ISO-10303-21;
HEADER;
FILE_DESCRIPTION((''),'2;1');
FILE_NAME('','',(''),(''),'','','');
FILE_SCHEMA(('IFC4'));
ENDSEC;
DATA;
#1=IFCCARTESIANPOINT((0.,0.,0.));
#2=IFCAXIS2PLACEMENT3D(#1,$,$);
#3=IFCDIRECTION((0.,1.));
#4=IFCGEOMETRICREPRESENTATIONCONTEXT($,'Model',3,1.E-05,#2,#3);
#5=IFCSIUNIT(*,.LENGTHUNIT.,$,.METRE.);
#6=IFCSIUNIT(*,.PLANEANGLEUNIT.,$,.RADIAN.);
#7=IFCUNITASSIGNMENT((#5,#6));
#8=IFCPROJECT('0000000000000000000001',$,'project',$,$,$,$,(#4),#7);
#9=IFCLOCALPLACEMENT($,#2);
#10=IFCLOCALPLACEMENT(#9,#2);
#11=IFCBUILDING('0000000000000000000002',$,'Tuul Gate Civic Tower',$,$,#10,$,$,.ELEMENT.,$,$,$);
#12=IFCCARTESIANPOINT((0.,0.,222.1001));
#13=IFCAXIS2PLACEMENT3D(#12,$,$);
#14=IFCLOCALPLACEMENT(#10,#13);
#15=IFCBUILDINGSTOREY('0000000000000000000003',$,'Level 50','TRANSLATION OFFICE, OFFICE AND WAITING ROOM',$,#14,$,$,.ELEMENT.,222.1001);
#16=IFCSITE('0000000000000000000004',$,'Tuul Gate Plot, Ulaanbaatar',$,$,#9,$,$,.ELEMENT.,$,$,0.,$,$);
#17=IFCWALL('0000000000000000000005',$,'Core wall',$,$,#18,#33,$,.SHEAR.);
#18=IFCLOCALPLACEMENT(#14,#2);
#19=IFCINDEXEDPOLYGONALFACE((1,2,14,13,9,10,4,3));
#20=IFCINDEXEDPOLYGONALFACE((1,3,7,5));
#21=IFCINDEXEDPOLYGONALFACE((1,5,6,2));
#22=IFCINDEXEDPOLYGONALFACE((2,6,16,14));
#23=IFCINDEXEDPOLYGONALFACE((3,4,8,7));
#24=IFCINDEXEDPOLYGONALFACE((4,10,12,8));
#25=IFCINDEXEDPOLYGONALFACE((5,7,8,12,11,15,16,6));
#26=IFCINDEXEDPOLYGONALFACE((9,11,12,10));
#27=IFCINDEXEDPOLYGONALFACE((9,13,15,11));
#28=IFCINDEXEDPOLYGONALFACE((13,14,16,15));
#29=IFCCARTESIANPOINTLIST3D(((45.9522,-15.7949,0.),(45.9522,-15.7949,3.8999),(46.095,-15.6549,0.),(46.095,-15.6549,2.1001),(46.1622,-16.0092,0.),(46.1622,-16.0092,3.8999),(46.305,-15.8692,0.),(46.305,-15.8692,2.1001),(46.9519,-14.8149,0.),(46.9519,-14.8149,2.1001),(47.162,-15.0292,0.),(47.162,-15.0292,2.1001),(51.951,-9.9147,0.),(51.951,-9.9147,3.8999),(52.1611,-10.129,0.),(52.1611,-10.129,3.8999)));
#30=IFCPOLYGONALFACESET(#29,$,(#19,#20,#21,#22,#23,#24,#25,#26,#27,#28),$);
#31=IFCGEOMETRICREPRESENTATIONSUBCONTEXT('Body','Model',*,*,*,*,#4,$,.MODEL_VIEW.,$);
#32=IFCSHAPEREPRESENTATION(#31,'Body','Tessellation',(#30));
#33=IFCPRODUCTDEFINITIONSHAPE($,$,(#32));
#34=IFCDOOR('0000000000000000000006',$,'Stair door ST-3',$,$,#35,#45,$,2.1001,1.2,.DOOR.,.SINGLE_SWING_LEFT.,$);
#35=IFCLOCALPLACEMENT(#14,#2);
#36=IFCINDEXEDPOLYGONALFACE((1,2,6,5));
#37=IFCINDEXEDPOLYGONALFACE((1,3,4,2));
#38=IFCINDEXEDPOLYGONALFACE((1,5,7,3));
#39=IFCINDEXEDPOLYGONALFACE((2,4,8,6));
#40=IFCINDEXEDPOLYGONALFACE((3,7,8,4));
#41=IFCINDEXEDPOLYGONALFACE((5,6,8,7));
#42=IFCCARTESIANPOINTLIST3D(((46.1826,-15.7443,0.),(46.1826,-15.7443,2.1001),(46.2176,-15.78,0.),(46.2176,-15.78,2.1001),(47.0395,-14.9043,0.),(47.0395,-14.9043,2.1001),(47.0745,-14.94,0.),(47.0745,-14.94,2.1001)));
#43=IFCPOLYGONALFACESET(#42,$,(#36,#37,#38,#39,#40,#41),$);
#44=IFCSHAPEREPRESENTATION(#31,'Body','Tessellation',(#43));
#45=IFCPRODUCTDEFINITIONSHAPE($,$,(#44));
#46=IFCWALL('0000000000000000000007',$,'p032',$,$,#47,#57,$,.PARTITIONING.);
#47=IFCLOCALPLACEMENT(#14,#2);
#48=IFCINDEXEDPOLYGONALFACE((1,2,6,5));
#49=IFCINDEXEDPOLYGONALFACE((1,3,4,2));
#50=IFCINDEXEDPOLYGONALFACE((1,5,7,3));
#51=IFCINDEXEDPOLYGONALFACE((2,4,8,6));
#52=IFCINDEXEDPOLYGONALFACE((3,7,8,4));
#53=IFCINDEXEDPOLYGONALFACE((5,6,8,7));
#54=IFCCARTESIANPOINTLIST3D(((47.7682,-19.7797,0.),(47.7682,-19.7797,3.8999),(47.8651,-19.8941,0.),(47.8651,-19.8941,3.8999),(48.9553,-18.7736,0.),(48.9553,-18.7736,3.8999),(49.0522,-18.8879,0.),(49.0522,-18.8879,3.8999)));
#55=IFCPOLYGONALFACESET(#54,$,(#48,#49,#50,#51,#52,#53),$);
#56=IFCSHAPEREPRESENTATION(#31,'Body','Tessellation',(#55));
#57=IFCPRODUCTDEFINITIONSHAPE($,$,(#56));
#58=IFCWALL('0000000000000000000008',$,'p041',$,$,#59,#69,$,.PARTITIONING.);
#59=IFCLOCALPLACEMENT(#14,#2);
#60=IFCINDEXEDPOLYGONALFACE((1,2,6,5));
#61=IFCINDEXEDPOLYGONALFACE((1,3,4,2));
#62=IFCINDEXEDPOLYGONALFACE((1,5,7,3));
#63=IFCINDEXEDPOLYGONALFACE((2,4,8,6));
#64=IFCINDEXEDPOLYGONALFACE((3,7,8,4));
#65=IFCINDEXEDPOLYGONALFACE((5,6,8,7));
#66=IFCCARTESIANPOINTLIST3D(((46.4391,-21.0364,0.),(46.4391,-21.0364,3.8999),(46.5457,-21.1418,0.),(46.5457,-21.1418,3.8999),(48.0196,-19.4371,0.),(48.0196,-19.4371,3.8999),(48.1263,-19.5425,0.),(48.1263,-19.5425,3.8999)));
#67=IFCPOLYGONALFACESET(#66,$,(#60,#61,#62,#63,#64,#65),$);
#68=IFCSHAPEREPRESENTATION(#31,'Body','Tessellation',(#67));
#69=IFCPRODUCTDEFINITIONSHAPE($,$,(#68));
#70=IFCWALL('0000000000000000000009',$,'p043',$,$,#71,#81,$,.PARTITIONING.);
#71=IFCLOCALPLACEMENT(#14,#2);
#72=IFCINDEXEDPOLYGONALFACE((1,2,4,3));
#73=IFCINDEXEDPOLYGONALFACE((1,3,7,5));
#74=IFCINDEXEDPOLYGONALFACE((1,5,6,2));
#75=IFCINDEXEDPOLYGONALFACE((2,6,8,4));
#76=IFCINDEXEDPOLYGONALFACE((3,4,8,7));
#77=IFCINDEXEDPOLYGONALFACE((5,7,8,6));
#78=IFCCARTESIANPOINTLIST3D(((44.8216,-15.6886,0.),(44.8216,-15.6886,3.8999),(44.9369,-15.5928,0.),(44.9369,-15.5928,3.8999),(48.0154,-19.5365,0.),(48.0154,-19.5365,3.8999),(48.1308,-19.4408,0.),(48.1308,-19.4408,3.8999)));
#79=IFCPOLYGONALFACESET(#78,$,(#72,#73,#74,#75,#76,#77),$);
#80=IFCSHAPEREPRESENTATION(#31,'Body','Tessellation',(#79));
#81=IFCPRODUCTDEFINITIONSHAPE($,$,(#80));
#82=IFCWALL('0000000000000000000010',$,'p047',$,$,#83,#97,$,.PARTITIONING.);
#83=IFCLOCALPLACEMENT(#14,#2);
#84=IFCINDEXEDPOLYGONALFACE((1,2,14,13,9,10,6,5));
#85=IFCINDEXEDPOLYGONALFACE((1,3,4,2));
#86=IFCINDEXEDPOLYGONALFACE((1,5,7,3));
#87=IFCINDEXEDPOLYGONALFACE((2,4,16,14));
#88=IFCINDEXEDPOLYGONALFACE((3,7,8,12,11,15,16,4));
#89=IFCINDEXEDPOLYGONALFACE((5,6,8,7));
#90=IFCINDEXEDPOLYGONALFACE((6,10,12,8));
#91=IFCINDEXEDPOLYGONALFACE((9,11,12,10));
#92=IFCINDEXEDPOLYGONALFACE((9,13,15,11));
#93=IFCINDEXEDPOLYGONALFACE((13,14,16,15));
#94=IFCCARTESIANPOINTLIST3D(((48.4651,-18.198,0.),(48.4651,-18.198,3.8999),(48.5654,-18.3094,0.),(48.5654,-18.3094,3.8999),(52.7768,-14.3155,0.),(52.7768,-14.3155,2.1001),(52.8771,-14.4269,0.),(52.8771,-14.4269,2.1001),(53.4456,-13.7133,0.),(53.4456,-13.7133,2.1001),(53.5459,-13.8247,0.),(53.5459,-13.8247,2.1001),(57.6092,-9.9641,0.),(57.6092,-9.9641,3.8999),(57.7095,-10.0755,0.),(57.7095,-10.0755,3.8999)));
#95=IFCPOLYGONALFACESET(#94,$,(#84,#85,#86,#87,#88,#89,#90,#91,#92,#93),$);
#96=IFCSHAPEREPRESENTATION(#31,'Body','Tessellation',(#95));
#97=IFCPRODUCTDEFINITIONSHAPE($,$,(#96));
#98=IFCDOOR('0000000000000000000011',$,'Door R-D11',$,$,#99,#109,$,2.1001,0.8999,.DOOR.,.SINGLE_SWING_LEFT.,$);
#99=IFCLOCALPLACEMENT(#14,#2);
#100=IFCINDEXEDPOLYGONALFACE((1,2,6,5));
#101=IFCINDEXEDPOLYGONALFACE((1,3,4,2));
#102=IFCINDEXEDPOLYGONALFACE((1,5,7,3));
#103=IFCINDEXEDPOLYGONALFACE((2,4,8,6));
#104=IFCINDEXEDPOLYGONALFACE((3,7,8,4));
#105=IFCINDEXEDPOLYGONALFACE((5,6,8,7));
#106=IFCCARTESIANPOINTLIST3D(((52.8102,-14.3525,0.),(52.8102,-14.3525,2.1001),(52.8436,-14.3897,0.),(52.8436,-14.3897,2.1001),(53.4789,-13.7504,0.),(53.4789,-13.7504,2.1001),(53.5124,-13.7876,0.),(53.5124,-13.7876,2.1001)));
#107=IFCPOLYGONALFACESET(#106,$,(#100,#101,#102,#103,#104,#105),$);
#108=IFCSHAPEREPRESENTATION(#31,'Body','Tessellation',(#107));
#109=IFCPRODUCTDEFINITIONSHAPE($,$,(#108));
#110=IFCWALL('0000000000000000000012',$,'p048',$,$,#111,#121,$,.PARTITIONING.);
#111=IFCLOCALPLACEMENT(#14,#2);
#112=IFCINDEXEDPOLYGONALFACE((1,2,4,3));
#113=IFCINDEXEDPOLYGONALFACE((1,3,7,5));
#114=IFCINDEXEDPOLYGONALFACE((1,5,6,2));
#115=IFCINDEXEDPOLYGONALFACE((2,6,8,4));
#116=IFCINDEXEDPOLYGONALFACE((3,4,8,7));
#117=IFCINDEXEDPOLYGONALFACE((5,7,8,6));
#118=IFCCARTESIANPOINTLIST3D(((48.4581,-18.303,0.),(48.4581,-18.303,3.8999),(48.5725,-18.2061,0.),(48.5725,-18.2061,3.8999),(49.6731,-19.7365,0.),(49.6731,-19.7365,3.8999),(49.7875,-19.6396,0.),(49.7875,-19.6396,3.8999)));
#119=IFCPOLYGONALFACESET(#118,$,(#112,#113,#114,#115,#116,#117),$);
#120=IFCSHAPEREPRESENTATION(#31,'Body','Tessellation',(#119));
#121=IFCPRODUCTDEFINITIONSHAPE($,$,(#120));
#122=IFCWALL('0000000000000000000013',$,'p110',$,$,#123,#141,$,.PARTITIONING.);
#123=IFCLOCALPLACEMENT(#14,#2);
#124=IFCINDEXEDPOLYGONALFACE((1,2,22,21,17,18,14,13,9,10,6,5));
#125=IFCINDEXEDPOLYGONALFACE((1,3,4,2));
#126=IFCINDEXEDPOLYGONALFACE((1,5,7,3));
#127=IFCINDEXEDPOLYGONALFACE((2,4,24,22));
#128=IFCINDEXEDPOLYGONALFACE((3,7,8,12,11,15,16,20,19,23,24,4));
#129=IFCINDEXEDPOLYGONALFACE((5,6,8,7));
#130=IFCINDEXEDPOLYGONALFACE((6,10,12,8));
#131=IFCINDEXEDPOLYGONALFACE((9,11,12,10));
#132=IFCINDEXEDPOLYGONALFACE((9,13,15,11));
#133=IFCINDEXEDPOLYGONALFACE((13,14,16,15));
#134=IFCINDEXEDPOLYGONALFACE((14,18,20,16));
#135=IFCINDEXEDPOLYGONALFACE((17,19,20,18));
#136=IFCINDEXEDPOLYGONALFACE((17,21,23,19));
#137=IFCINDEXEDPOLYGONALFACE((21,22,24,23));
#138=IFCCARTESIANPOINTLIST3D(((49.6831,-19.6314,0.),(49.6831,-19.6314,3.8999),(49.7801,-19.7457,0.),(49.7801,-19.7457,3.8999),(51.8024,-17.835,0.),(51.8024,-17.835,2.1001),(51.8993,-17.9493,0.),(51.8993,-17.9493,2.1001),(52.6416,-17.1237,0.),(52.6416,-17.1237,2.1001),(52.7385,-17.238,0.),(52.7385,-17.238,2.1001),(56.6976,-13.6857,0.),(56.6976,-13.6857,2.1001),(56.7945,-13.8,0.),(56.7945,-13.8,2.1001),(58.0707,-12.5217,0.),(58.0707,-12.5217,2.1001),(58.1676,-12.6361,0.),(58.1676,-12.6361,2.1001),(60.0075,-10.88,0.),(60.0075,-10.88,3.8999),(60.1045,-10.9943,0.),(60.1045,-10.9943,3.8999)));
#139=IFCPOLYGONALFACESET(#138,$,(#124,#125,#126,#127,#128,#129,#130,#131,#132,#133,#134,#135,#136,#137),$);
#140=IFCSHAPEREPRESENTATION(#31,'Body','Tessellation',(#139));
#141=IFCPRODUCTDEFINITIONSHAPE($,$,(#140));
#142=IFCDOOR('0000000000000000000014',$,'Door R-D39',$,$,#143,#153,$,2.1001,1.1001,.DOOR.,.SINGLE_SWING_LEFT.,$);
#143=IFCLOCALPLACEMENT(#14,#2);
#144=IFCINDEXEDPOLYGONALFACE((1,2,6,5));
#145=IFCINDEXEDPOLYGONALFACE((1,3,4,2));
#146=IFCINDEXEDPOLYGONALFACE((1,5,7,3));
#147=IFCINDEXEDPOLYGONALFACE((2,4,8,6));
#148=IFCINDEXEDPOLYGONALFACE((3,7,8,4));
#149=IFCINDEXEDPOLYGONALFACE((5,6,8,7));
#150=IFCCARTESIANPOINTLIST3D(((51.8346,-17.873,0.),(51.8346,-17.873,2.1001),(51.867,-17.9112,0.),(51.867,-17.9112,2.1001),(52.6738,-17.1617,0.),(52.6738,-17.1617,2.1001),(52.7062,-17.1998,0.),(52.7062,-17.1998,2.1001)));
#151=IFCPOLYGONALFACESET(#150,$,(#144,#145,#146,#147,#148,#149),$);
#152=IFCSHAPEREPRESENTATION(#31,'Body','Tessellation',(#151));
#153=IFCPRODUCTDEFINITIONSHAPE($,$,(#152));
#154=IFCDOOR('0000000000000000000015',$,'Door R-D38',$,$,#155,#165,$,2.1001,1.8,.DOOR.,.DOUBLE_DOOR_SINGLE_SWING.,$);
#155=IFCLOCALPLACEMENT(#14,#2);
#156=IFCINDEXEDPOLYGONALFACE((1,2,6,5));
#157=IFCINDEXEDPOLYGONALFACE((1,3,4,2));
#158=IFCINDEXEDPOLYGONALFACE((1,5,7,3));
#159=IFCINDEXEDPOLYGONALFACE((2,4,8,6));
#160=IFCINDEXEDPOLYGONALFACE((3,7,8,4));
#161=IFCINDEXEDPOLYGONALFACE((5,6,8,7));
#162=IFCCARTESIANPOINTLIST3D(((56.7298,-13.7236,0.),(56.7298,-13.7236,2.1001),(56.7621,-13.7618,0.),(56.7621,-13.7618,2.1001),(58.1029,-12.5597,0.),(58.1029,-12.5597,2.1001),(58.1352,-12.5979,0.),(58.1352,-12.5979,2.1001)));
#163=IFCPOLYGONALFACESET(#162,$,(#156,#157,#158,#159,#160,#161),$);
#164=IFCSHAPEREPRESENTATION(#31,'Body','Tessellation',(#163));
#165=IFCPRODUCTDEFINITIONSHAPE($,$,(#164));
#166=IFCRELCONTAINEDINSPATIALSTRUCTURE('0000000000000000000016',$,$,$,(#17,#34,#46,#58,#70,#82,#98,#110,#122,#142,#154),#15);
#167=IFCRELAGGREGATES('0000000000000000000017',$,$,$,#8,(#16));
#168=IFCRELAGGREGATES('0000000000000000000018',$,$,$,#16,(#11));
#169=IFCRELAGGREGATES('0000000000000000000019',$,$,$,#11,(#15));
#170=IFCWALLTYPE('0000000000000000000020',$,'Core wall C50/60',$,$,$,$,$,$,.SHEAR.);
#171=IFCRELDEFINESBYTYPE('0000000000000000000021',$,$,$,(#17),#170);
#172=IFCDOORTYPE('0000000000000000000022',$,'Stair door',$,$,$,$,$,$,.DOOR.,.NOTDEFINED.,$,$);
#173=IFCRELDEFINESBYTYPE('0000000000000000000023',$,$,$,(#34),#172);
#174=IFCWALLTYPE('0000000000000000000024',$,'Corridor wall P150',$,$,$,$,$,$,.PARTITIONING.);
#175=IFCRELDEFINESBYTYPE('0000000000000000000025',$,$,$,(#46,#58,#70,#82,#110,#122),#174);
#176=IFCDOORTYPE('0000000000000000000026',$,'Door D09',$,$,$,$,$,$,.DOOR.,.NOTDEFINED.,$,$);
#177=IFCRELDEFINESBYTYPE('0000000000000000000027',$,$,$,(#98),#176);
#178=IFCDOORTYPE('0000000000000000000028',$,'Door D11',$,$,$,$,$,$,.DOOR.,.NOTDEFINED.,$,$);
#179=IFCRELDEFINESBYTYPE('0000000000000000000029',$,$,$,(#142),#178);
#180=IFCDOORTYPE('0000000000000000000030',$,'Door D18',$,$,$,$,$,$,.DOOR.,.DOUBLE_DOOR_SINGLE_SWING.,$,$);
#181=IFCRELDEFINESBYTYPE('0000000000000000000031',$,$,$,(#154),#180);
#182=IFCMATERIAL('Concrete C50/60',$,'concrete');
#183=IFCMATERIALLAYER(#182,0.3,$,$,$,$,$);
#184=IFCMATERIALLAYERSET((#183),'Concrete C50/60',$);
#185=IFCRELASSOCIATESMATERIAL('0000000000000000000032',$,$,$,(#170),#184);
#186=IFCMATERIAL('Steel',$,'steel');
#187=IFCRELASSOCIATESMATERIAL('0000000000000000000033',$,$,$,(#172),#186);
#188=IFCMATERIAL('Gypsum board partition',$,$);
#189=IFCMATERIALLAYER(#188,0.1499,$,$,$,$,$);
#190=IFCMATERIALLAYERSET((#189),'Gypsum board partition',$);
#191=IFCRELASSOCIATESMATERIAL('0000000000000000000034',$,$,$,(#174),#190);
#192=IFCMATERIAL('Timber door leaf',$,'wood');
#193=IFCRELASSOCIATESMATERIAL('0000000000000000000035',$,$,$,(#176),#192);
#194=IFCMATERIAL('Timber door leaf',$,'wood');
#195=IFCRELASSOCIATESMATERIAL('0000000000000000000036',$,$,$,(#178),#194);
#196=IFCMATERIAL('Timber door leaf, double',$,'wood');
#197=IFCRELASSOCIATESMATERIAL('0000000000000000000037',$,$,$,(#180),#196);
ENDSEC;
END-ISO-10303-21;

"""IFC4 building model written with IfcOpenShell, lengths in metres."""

from ifc_helpers import new_model, si_unit, direction, frame, frame_2d, origin, place, context, subcontext, project, spatial, rectangle, extrude, material, layer, layer_set, type_object, element, fill, save


model = new_model("IFC4")

# Units and contexts
model_context = context("Model", 3, precision=1e-05, world=origin(), true_north=direction((0.0, 1.0)))
body_context = subcontext(model_context, "Body", "Model", "MODEL_VIEW")
ifc_project = project(units=[si_unit("LENGTHUNIT", "METRE"), si_unit("PLANEANGLEUNIT", "RADIAN")], contexts=[model_context])

# Site, building, storey
site_placement = place(None, origin())
site = spatial("IfcSite", under=ifc_project, at=site_placement, Name="Tuul Gate Plot, Ulaanbaatar", CompositionType="ELEMENT", RefElevation=0.0)
building_placement = place(site_placement, origin())
building = spatial("IfcBuilding", under=site, at=building_placement, Name="Tuul Gate Civic Tower", CompositionType="ELEMENT")
storey_placement = place(building_placement, frame((0.0, 0.0, 222.1001)))
storey = spatial("IfcBuildingStorey", under=building, at=storey_placement, Name="Level 50", Description="TRANSLATION OFFICE, OFFICE AND WAITING ROOM", CompositionType="ELEMENT", Elevation=222.1001)

# Shared definitions
ifc_material_1 = material(Name="Concrete C50/60", Category="concrete")
ifc_layer_1 = layer(ifc_material_1, 0.3)
ifc_layer_set_1 = layer_set([ifc_layer_1], Name="Concrete C50/60")
wall_type_1 = type_object("IfcWallType", Name="Core wall C50/60", PredefinedType="SHEAR", material=ifc_layer_set_1)

# Wall, opening, door
wall_1_placement = place(storey_placement, frame((46.0571, -15.9021, 0.0), z_axis=(0.0, 0.0, 1.0), x_axis=(0.714134, 0.700009, 0.0)))
wall_1 = element("IfcWall", 1, at=wall_1_placement, inside=storey, type_object=wall_type_1, Name="Core wall", PredefinedType="SHEAR", context=body_context, shape_type="SweptSolid", body=[
    extrude(rectangle(XDim=8.4001, YDim=0.3, at=frame_2d((4.2002, 0.0))), origin(), (0.0, 0.0, 1.0), 3.8999),
])
opening_1_placement = place(wall_1_placement, frame((0.2, 0.0, 0.0)))
opening_1 = element("IfcOpeningElement", 2, at=opening_1_placement, cuts=wall_1, PredefinedType="OPENING", context=body_context, shape_type="SweptSolid", body=[
    extrude(rectangle(XDim=1.2, YDim=2.1001, at=frame_2d((0.6001, 1.05))), frame((0.0, 0.1602, 0.0), z_axis=(0.0, -1.0, 0.0), x_axis=(1.0, 0.0, 0.0)), (0.0, 0.0, 1.0), 0.3201),
])
ifc_material_2 = material(Name="Steel", Category="steel")
door_type_1 = type_object("IfcDoorType", Name="Stair door", OperationType="NOTDEFINED", PredefinedType="DOOR", material=ifc_material_2)
door_1_placement = place(opening_1_placement, origin())
door_1 = element("IfcDoor", 3, at=door_1_placement, inside=storey, type_object=door_type_1, Name="Stair door ST-3", OperationType="SINGLE_SWING_LEFT", OverallHeight=2.1001, OverallWidth=1.2, PredefinedType="DOOR", context=body_context, shape_type="SweptSolid", body=[
    extrude(rectangle(XDim=1.2, YDim=2.1001, at=frame_2d((0.6001, 1.05))), frame((0.0, 0.0249, 0.0), z_axis=(0.0, -1.0, 0.0), x_axis=(1.0, 0.0, 0.0)), (0.0, 0.0, 1.0), 0.05),
])
fill(opening_1, door_1)

# Walls
ifc_material_3 = material(Name="Gypsum board partition")
ifc_layer_2 = layer(ifc_material_3, 0.1499)
ifc_layer_set_2 = layer_set([ifc_layer_2], Name="Gypsum board partition")
wall_type_2 = type_object("IfcWallType", Name="Corridor wall P150", PredefinedType="PARTITIONING", material=ifc_layer_set_2)
wall_2_placement = place(storey_placement, frame((47.8167, -19.8369, 0.0), z_axis=(0.0, 0.0, 1.0), x_axis=(0.762844, 0.646582, 0.0)))
element("IfcWall", 4, at=wall_2_placement, inside=storey, type_object=wall_type_2, Name="p032", PredefinedType="PARTITIONING", context=body_context, shape_type="SweptSolid", body=[
    extrude(rectangle(XDim=1.5562, YDim=0.1499, at=frame_2d((0.7781, 0.0))), origin(), (0.0, 0.0, 1.0), 3.8999),
])
wall_3_placement = place(storey_placement, frame((46.4924, -21.0891, 0.0), z_axis=(0.0, 0.0, 1.0), x_axis=(0.702914, 0.711275, 0.0)))
element("IfcWall", 5, at=wall_3_placement, inside=storey, type_object=wall_type_2, Name="p041", PredefinedType="PARTITIONING", context=body_context, shape_type="SweptSolid", body=[
    extrude(rectangle(XDim=2.2485, YDim=0.1499, at=frame_2d((1.1243, 0.0))), origin(), (0.0, 0.0, 1.0), 3.8999),
])
wall_4_placement = place(storey_placement, frame((44.8792, -15.6406, 0.0), z_axis=(0.0, 0.0, 1.0), x_axis=(0.63868, -0.769472, 0.0)))
element("IfcWall", 6, at=wall_4_placement, inside=storey, type_object=wall_type_2, Name="p043", PredefinedType="PARTITIONING", context=body_context, shape_type="SweptSolid", body=[
    extrude(rectangle(XDim=5.0007, YDim=0.1499, at=frame_2d((2.5005, 0.0))), origin(), (0.0, 0.0, 1.0), 3.8999),
])

# Wall, opening, door
wall_5_placement = place(storey_placement, frame((48.5154, -18.2537, 0.0), z_axis=(0.0, 0.0, 1.0), x_axis=(0.743122, 0.669155, 0.0)))
wall_5 = element("IfcWall", 7, at=wall_5_placement, inside=storey, type_object=wall_type_2, Name="p047", PredefinedType="PARTITIONING", context=body_context, shape_type="SweptSolid", body=[
    extrude(rectangle(XDim=12.3049, YDim=0.1499, at=frame_2d((6.1523, 0.0))), origin(), (0.0, 0.0, 1.0), 3.8999),
])
opening_2_placement = place(wall_5_placement, frame((5.802, 0.0, 0.0)))
opening_2 = element("IfcOpeningElement", 8, at=opening_2_placement, cuts=wall_5, PredefinedType="OPENING", context=body_context, shape_type="SweptSolid", body=[
    extrude(rectangle(XDim=0.8999, YDim=2.1001, at=frame_2d((0.45, 1.05))), frame((0.0, 0.085, 0.0), z_axis=(0.0, -1.0, 0.0), x_axis=(1.0, 0.0, 0.0)), (0.0, 0.0, 1.0), 0.1699),
])
ifc_material_4 = material(Name="Timber door leaf", Category="wood")
door_type_2 = type_object("IfcDoorType", Name="Door D09", OperationType="NOTDEFINED", PredefinedType="DOOR", material=ifc_material_4)
door_2_placement = place(opening_2_placement, frame((0.8999, 0.0, 0.0), z_axis=(0.0, 0.0, 1.0), x_axis=(-1.0, 0.0, 0.0)))
door_2 = element("IfcDoor", 9, at=door_2_placement, inside=storey, type_object=door_type_2, Name="Door R-D11", OperationType="SINGLE_SWING_LEFT", OverallHeight=2.1001, OverallWidth=0.8999, PredefinedType="DOOR", context=body_context, shape_type="SweptSolid", body=[
    extrude(rectangle(XDim=0.8999, YDim=2.1001, at=frame_2d((0.45, 1.05))), frame((0.0, 0.0249, 0.0), z_axis=(0.0, -1.0, 0.0), x_axis=(1.0, 0.0, 0.0)), (0.0, 0.0, 1.0), 0.05),
])
fill(opening_2, door_2)

# Wall
wall_6_placement = place(storey_placement, frame((48.5154, -18.2546, 0.0), z_axis=(0.0, 0.0, 1.0), x_axis=(0.646577, -0.762849, 0.0)))
element("IfcWall", 10, at=wall_6_placement, inside=storey, type_object=wall_type_2, Name="p048", PredefinedType="PARTITIONING", context=body_context, shape_type="SweptSolid", body=[
    extrude(rectangle(XDim=1.8792, YDim=0.1499, at=frame_2d((0.9395, 0.0))), origin(), (0.0, 0.0, 1.0), 3.8999),
])

# Wall, openings, doors
wall_7_placement = place(storey_placement, frame((49.7317, -19.6885, 0.0), z_axis=(0.0, 0.0, 1.0), x_axis=(0.762826, 0.646604, 0.0)))
wall_7 = element("IfcWall", 11, at=wall_7_placement, inside=storey, type_object=wall_type_2, Name="p110", PredefinedType="PARTITIONING", context=body_context, shape_type="SweptSolid", body=[
    extrude(rectangle(XDim=13.5344, YDim=0.1499, at=frame_2d((6.7671, 0.0))), origin(), (0.0, 0.0, 1.0), 3.8999),
])
opening_3_placement = place(wall_7_placement, frame((9.1953, 0.0, 0.0)))
opening_3 = element("IfcOpeningElement", 12, at=opening_3_placement, cuts=wall_7, PredefinedType="OPENING", context=body_context, shape_type="SweptSolid", body=[
    extrude(rectangle(XDim=1.8, YDim=2.1001, at=frame_2d((0.8999, 1.05))), frame((0.0, 0.085, 0.0), z_axis=(0.0, -1.0, 0.0), x_axis=(1.0, 0.0, 0.0)), (0.0, 0.0, 1.0), 0.1699),
])
opening_4_placement = place(wall_7_placement, frame((2.7781, 0.0, 0.0)))
opening_4 = element("IfcOpeningElement", 13, at=opening_4_placement, cuts=wall_7, PredefinedType="OPENING", context=body_context, shape_type="SweptSolid", body=[
    extrude(rectangle(XDim=1.1001, YDim=2.1001, at=frame_2d((0.55, 1.05))), frame((0.0, 0.085, 0.0), z_axis=(0.0, -1.0, 0.0), x_axis=(1.0, 0.0, 0.0)), (0.0, 0.0, 1.0), 0.1699),
])
ifc_material_5 = material(Name="Timber door leaf", Category="wood")
door_type_3 = type_object("IfcDoorType", Name="Door D11", OperationType="NOTDEFINED", PredefinedType="DOOR", material=ifc_material_5)
door_3_placement = place(opening_4_placement, frame((1.1001, 0.0, 0.0), z_axis=(0.0, 0.0, 1.0), x_axis=(-1.0, 0.0, 0.0)))
door_3 = element("IfcDoor", 14, at=door_3_placement, inside=storey, type_object=door_type_3, Name="Door R-D39", OperationType="SINGLE_SWING_LEFT", OverallHeight=2.1001, OverallWidth=1.1001, PredefinedType="DOOR", context=body_context, shape_type="SweptSolid", body=[
    extrude(rectangle(XDim=1.1001, YDim=2.1001, at=frame_2d((0.55, 1.05))), frame((0.0, 0.0249, 0.0), z_axis=(0.0, -1.0, 0.0), x_axis=(1.0, 0.0, 0.0)), (0.0, 0.0, 1.0), 0.05),
])
fill(opening_4, door_3)
ifc_material_6 = material(Name="Timber door leaf, double", Category="wood")
door_type_4 = type_object("IfcDoorType", Name="Door D18", OperationType="DOUBLE_DOOR_SINGLE_SWING", PredefinedType="DOOR", material=ifc_material_6)
door_4_placement = place(opening_3_placement, frame((1.8, 0.0, 0.0), z_axis=(0.0, 0.0, 1.0), x_axis=(-1.0, 0.0, 0.0)))
door_4 = element("IfcDoor", 15, at=door_4_placement, inside=storey, type_object=door_type_4, Name="Door R-D38", OperationType="DOUBLE_DOOR_SINGLE_SWING", OverallHeight=2.1001, OverallWidth=1.8, PredefinedType="DOOR", context=body_context, shape_type="SweptSolid", body=[
    extrude(rectangle(XDim=1.8, YDim=2.1001, at=frame_2d((0.9001, 1.05))), frame((0.0, 0.0249, 0.0), z_axis=(0.0, -1.0, 0.0), x_axis=(1.0, 0.0, 0.0)), (0.0, 0.0, 1.0), 0.05),
])
fill(opening_3, door_4)

save(model, "model.ifc")
